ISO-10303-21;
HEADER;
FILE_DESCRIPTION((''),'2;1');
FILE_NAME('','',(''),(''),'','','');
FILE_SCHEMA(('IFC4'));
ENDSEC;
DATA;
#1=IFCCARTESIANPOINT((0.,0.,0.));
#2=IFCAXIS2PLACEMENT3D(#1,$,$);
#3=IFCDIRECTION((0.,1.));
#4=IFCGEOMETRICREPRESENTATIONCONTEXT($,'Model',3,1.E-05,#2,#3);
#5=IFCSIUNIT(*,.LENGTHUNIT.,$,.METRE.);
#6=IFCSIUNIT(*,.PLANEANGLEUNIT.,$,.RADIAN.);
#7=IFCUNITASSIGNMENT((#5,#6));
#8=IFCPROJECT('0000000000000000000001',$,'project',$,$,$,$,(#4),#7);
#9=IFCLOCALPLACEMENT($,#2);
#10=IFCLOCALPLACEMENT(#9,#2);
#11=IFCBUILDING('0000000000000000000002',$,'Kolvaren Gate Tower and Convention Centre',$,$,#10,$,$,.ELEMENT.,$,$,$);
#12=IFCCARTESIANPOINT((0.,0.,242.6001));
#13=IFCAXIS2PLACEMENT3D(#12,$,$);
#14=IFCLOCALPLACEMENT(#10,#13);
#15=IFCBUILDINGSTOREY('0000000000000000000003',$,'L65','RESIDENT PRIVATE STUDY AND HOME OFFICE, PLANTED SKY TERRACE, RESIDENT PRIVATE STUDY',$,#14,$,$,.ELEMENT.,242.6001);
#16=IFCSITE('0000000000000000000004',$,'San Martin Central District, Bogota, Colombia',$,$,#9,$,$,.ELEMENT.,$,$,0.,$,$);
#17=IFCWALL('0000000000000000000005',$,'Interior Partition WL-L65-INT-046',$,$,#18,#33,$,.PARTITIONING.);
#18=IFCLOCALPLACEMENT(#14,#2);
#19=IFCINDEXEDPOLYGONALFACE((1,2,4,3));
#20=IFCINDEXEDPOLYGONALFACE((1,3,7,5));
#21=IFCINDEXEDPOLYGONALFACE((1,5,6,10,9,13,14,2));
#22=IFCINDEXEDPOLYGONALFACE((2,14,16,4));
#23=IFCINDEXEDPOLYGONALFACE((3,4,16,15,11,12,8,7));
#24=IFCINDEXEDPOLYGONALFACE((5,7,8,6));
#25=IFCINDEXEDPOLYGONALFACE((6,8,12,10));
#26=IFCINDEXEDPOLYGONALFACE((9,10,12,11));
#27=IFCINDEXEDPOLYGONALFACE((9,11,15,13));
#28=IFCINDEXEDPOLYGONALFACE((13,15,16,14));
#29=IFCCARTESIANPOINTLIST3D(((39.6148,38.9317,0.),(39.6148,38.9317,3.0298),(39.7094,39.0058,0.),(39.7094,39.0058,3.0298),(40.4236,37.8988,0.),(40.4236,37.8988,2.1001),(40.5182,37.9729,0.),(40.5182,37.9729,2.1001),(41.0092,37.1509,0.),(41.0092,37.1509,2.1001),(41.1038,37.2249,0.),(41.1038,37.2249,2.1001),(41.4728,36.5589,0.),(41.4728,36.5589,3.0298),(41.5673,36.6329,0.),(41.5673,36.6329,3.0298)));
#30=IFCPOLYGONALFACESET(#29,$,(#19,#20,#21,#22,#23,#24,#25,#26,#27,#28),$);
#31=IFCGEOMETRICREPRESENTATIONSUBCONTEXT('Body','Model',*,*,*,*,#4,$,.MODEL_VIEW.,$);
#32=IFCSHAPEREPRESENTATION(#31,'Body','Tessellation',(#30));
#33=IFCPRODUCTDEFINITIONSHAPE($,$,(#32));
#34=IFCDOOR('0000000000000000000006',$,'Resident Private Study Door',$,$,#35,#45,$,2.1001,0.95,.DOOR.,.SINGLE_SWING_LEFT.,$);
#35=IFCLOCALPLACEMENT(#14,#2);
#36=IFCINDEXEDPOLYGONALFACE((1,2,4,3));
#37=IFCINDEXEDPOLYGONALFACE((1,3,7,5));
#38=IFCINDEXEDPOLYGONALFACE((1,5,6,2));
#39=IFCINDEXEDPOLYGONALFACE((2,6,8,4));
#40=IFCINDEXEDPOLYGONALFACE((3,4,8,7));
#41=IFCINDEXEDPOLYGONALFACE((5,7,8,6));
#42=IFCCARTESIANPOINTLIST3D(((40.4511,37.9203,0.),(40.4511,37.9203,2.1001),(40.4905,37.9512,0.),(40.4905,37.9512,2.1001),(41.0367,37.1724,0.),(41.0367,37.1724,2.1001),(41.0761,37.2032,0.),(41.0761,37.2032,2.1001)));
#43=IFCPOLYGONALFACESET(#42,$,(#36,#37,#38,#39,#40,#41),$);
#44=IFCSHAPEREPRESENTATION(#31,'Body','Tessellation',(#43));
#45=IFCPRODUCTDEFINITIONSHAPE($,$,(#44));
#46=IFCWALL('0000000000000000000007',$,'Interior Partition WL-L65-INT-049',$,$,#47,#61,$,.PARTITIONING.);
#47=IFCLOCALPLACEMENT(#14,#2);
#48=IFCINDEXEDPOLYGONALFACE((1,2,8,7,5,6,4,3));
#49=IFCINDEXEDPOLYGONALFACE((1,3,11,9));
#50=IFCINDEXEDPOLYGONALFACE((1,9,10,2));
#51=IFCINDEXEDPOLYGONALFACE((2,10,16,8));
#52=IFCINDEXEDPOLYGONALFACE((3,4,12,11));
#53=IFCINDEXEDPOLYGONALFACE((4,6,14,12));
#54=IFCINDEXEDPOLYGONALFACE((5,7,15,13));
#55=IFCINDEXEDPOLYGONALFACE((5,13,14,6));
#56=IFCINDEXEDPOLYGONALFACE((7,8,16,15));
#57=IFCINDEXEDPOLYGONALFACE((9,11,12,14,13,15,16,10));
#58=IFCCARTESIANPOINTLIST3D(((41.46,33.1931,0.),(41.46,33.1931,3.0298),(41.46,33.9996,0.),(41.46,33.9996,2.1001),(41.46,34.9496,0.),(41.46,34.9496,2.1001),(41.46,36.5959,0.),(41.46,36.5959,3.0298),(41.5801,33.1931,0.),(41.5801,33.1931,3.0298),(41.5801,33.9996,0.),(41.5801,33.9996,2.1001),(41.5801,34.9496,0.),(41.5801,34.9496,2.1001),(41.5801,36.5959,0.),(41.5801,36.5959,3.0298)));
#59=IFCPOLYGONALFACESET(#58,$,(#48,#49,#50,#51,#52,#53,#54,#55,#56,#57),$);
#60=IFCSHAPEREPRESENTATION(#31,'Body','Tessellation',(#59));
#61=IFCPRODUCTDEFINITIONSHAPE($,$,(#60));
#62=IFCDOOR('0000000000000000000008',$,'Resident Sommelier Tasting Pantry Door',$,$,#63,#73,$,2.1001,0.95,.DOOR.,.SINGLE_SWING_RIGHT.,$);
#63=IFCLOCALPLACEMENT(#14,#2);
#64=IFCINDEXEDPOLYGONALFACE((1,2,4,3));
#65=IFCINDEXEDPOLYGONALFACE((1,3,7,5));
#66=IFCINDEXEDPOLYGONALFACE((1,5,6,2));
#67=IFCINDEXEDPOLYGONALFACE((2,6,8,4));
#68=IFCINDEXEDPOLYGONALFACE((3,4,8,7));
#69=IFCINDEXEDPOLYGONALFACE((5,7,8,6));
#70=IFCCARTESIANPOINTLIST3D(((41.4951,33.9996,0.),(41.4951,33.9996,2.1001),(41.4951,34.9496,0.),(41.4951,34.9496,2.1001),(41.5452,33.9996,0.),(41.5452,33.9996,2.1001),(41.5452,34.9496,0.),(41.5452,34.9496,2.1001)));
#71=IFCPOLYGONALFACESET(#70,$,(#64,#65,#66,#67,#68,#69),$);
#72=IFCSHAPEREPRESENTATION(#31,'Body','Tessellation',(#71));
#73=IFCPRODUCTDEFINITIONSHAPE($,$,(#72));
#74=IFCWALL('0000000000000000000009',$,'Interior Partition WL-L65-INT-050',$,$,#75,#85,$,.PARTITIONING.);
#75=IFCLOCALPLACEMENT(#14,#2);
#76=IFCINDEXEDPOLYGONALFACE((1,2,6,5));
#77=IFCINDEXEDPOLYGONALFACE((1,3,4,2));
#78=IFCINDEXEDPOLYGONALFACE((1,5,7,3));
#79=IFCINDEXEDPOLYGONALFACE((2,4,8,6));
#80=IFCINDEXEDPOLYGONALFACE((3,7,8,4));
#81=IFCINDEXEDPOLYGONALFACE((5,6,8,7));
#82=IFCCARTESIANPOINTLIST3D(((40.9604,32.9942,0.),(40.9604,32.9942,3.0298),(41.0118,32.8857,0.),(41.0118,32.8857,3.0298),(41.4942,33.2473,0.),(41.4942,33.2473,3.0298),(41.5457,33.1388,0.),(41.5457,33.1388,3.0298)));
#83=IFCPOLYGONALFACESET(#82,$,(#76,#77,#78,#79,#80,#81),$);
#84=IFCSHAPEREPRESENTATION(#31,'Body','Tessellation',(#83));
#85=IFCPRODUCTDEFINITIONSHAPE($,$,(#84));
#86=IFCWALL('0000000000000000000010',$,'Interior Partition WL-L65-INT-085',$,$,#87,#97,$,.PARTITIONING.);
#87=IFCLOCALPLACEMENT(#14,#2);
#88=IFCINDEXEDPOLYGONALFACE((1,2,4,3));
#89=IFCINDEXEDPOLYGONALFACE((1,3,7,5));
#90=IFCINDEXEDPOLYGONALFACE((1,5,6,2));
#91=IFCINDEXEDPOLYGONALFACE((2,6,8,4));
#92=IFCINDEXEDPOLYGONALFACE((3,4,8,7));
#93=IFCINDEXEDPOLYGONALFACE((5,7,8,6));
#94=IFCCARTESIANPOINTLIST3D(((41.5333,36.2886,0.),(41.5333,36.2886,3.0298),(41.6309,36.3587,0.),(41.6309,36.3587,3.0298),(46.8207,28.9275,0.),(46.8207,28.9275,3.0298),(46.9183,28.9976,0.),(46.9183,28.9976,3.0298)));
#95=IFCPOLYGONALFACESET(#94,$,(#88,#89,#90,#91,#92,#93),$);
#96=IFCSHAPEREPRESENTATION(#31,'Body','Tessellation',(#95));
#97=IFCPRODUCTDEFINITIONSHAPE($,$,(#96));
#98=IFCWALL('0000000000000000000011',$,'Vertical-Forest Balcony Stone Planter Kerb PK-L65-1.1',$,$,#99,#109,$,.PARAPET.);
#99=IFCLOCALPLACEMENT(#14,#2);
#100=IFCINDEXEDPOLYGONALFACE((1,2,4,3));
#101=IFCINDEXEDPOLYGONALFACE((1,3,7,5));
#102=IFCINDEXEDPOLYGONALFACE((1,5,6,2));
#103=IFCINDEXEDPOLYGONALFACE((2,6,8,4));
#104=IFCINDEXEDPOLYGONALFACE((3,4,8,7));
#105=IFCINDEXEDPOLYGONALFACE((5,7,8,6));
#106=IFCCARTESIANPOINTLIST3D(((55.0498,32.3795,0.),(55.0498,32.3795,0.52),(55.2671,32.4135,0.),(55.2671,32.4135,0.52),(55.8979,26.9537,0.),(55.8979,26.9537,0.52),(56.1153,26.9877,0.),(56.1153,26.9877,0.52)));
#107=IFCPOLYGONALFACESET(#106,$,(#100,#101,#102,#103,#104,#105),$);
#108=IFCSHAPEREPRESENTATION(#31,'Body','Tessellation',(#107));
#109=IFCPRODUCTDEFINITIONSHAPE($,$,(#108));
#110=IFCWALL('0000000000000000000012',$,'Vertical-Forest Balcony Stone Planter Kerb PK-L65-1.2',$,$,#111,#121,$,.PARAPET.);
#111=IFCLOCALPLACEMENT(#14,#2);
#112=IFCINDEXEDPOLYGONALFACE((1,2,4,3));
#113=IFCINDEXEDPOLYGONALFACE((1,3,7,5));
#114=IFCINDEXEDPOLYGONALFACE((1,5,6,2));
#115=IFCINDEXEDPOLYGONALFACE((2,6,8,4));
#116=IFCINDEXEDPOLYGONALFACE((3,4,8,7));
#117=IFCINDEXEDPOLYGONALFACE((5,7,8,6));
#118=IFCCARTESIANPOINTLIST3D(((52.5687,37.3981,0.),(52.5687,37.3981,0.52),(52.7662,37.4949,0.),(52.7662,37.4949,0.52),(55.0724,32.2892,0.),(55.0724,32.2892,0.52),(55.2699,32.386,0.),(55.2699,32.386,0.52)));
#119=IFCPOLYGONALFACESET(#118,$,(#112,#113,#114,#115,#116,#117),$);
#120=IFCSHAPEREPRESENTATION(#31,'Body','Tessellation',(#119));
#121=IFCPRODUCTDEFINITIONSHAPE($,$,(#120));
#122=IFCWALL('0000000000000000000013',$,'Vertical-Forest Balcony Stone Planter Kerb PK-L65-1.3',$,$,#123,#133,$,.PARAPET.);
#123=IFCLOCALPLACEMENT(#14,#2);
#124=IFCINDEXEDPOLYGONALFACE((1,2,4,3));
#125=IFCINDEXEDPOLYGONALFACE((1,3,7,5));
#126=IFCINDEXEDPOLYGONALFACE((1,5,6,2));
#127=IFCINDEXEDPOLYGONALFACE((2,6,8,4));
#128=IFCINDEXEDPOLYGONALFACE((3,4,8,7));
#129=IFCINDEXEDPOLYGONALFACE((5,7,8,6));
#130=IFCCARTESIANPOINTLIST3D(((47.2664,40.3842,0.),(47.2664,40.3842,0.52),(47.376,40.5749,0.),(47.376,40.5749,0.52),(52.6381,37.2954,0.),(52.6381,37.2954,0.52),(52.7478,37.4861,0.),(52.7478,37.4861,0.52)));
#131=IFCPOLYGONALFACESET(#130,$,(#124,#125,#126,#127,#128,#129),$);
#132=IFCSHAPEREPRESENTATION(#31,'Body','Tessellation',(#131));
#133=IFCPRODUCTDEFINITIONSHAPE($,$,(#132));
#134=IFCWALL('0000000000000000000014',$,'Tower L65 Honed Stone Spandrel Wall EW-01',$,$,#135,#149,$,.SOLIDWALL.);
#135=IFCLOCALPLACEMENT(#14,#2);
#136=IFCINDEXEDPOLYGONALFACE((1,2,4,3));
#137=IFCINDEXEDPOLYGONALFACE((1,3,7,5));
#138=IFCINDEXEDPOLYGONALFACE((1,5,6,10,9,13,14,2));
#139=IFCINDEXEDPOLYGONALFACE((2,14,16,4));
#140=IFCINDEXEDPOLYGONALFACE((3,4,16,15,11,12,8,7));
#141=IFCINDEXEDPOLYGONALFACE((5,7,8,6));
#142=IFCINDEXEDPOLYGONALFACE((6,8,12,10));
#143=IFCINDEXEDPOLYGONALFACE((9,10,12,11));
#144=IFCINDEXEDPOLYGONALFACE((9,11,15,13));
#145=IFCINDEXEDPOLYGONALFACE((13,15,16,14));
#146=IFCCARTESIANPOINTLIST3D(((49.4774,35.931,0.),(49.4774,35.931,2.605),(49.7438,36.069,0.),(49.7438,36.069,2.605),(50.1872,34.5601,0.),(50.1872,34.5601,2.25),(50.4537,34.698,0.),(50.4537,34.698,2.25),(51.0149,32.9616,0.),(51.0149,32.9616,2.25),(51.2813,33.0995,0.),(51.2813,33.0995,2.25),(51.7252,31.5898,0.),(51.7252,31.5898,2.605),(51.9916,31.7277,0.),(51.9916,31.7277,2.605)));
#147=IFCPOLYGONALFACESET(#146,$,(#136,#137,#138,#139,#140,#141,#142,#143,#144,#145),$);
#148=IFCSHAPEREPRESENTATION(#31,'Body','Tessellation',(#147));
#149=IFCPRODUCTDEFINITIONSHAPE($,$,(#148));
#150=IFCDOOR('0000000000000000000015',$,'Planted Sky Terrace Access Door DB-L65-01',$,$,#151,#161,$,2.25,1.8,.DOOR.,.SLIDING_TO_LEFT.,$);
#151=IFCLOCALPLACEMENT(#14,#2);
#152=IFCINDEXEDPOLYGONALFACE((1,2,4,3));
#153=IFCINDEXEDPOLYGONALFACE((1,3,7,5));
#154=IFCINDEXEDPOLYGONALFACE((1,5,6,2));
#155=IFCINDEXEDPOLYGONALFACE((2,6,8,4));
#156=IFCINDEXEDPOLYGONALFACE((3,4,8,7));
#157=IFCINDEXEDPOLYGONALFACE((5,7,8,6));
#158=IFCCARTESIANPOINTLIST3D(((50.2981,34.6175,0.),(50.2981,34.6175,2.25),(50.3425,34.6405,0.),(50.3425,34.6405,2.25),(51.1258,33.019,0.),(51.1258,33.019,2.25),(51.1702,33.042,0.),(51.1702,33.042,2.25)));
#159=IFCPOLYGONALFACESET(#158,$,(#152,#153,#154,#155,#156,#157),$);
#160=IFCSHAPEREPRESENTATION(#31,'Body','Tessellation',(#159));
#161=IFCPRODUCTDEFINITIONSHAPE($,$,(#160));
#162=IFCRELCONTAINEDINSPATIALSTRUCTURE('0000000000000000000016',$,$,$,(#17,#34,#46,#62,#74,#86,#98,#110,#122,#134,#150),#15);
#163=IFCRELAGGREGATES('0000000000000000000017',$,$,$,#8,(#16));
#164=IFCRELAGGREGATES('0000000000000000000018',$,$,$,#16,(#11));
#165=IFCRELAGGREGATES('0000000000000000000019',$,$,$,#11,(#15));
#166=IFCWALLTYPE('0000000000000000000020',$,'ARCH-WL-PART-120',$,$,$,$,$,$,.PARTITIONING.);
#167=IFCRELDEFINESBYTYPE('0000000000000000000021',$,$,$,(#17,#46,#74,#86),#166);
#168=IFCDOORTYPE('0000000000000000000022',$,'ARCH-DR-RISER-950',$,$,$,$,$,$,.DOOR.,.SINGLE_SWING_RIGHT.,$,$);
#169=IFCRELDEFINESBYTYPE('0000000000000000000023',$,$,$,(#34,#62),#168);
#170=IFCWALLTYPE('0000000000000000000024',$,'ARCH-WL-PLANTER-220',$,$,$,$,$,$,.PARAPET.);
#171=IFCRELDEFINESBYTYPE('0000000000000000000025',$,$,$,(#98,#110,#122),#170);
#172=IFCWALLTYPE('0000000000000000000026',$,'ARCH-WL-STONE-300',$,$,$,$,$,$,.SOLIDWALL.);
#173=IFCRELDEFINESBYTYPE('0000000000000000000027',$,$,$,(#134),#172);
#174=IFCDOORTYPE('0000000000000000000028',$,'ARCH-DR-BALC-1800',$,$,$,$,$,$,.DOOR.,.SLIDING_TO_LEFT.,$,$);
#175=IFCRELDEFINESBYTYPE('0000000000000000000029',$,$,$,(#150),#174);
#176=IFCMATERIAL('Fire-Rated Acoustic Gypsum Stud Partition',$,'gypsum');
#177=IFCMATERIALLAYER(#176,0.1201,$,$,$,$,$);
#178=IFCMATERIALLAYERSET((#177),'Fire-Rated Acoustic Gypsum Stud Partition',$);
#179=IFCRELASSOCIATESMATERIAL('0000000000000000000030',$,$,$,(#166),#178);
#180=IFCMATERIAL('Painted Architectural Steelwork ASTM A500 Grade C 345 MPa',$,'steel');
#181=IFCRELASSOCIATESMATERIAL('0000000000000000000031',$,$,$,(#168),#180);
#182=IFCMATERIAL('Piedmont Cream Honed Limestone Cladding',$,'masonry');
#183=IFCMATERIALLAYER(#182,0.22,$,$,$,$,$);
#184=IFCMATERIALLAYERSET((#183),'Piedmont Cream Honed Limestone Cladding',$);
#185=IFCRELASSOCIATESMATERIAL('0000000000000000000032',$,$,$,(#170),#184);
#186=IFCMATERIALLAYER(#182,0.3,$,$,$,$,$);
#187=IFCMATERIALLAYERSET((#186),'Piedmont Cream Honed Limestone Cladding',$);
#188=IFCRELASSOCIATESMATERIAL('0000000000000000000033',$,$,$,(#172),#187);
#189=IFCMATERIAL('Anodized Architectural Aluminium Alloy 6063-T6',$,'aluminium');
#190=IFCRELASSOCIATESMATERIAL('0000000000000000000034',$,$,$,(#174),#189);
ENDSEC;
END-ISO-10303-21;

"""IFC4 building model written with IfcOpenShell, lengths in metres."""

from ifc_helpers import new_model, si_unit, direction, frame, frame_2d, origin, place, context, subcontext, project, spatial, rectangle, extrude, material, layer, layer_set, type_object, element, fill, save


model = new_model("IFC4")

# Units and contexts
model_context = context("Model", 3, precision=1e-05, world=origin(), true_north=direction((0.0, 1.0)))
body_context = subcontext(model_context, "Body", "Model", "MODEL_VIEW")
ifc_project = project(units=[si_unit("LENGTHUNIT", "METRE"), si_unit("PLANEANGLEUNIT", "RADIAN")], contexts=[model_context])

# Site, building, storey
site_placement = place(None, origin())
site = spatial("IfcSite", under=ifc_project, at=site_placement, Name="San Martin Central District, Bogota, Colombia", CompositionType="ELEMENT", RefElevation=0.0)
building_placement = place(site_placement, origin())
building = spatial("IfcBuilding", under=site, at=building_placement, Name="Kolvaren Gate Tower and Convention Centre", CompositionType="ELEMENT")
storey_placement = place(building_placement, frame((0.0, 0.0, 242.6001)))
storey = spatial("IfcBuildingStorey", under=building, at=storey_placement, Name="L65", Description="RESIDENT PRIVATE STUDY AND HOME OFFICE, PLANTED SKY TERRACE, RESIDENT PRIVATE STUDY", CompositionType="ELEMENT", Elevation=242.6001)

# Shared definitions
ifc_material_1 = material(Name="Fire-Rated Acoustic Gypsum Stud Partition", Category="gypsum")
ifc_layer_1 = layer(ifc_material_1, 0.1201)
ifc_layer_set_1 = layer_set([ifc_layer_1], Name="Fire-Rated Acoustic Gypsum Stud Partition")
wall_type_1 = type_object("IfcWallType", Name="ARCH-WL-PART-120", PredefinedType="PARTITIONING", material=ifc_layer_set_1)

# Walls, openings, doors
wall_1_placement = place(storey_placement, frame((39.6621, 38.9688, 0.0), z_axis=(0.0, 0.0, 1.0), x_axis=(0.6165, -0.787355, 0.0)))
wall_1 = element("IfcWall", 1, at=wall_1_placement, inside=storey, type_object=wall_type_1, Name="Interior Partition WL-L65-INT-046", PredefinedType="PARTITIONING", context=body_context, shape_type="SweptSolid", body=[
    extrude(rectangle(XDim=3.0137, YDim=0.1201, at=frame_2d((1.5068, 0.0))), origin(), (0.0, 0.0, 1.0), 3.0298),
])
opening_1_placement = place(wall_1_placement, frame((1.3118, 0.0, 0.0)))
opening_1 = element("IfcOpeningElement", 2, at=opening_1_placement, cuts=wall_1, PredefinedType="OPENING", context=body_context, shape_type="SweptSolid", body=[
    extrude(rectangle(XDim=0.95, YDim=2.1001, at=frame_2d((0.4751, 1.05))), frame((0.0, 0.0701, 0.0), z_axis=(0.0, -1.0, 0.0), x_axis=(1.0, 0.0, 0.0)), (0.0, 0.0, 1.0), 0.1401),
])
ifc_material_2 = material(Name="Painted Architectural Steelwork ASTM A500 Grade C 345 MPa", Category="steel")
door_type_1 = type_object("IfcDoorType", Name="ARCH-DR-RISER-950", OperationType="SINGLE_SWING_RIGHT", PredefinedType="DOOR", material=ifc_material_2)
door_1_placement = place(opening_1_placement, origin())
door_1 = element("IfcDoor", 3, at=door_1_placement, inside=storey, type_object=door_type_1, Name="Resident Private Study Door", OperationType="SINGLE_SWING_LEFT", OverallHeight=2.1001, OverallWidth=0.95, PredefinedType="DOOR", context=body_context, shape_type="SweptSolid", body=[
    extrude(rectangle(XDim=0.95, YDim=2.1001, at=frame_2d((0.4751, 1.05))), frame((0.0, 0.0249, 0.0), z_axis=(0.0, -1.0, 0.0), x_axis=(1.0, 0.0, 0.0)), (0.0, 0.0, 1.0), 0.05),
])
fill(opening_1, door_1)
wall_2_placement = place(storey_placement, frame((41.52, 33.1931, 0.0), z_axis=(0.0, 0.0, 1.0), x_axis=(0.0, 1.0, 0.0)))
wall_2 = element("IfcWall", 4, at=wall_2_placement, inside=storey, type_object=wall_type_1, Name="Interior Partition WL-L65-INT-049", PredefinedType="PARTITIONING", context=body_context, shape_type="SweptSolid", body=[
    extrude(rectangle(XDim=3.4028, YDim=0.1201, at=frame_2d((1.7014, 0.0))), origin(), (0.0, 0.0, 1.0), 3.0298),
])
opening_2_placement = place(wall_2_placement, frame((0.8064, 0.0, 0.0)))
opening_2 = element("IfcOpeningElement", 5, at=opening_2_placement, cuts=wall_2, PredefinedType="OPENING", context=body_context, shape_type="SweptSolid", body=[
    extrude(rectangle(XDim=0.95, YDim=2.1001, at=frame_2d((0.4751, 1.05))), frame((0.0, 0.0701, 0.0), z_axis=(0.0, -1.0, 0.0), x_axis=(1.0, 0.0, 0.0)), (0.0, 0.0, 1.0), 0.1401),
])
door_2_placement = place(opening_2_placement, origin())
door_2 = element("IfcDoor", 6, at=door_2_placement, inside=storey, type_object=door_type_1, Name="Resident Sommelier Tasting Pantry Door", OperationType="SINGLE_SWING_RIGHT", OverallHeight=2.1001, OverallWidth=0.95, PredefinedType="DOOR", context=body_context, shape_type="SweptSolid", body=[
    extrude(rectangle(XDim=0.95, YDim=2.1001, at=frame_2d((0.4751, 1.05))), frame((0.0, 0.0249, 0.0), z_axis=(0.0, -1.0, 0.0), x_axis=(1.0, 0.0, 0.0)), (0.0, 0.0, 1.0), 0.05),
])
fill(opening_2, door_2)

# Walls
wall_3_placement = place(storey_placement, frame((40.9861, 32.9399, 0.0), z_axis=(0.0, 0.0, 1.0), x_axis=(0.90357, 0.428442, 0.0)))
element("IfcWall", 7, at=wall_3_placement, inside=storey, type_object=wall_type_1, Name="Interior Partition WL-L65-INT-050", PredefinedType="PARTITIONING", context=body_context, shape_type="SweptSolid", body=[
    extrude(rectangle(XDim=0.5908, YDim=0.1201, at=frame_2d((0.2954, 0.0))), origin(), (0.0, 0.0, 1.0), 3.0298),
])
wall_4_placement = place(storey_placement, frame((41.582, 36.3237, 0.0), z_axis=(0.0, 0.0, 1.0), x_axis=(0.583387, -0.812194, 0.0)))
element("IfcWall", 8, at=wall_4_placement, inside=storey, type_object=wall_type_1, Name="Interior Partition WL-L65-INT-085", PredefinedType="PARTITIONING", context=body_context, shape_type="SweptSolid", body=[
    extrude(rectangle(XDim=9.0632, YDim=0.1201, at=frame_2d((4.5317, 0.0))), origin(), (0.0, 0.0, 1.0), 3.0298),
])
ifc_material_3 = material(Name="Piedmont Cream Honed Limestone Cladding", Category="masonry")
ifc_layer_2 = layer(ifc_material_3, 0.22)
ifc_layer_set_2 = layer_set([ifc_layer_2], Name="Piedmont Cream Honed Limestone Cladding")
wall_type_2 = type_object("IfcWallType", Name="ARCH-WL-PLANTER-220", PredefinedType="PARAPET", material=ifc_layer_set_2)
wall_5_placement = place(storey_placement, frame((55.1584, 32.3965, 0.0), z_axis=(0.0, 0.0, 1.0), x_axis=(0.154442, -0.988002, 0.0)))
element("IfcWall", 9, at=wall_5_placement, inside=storey, type_object=wall_type_2, Name="Vertical-Forest Balcony Stone Planter Kerb PK-L65-1.1", PredefinedType="PARAPET", context=body_context, shape_type="SweptSolid", body=[
    extrude(rectangle(XDim=5.4917, YDim=0.22, at=frame_2d((2.7458, 0.0))), origin(), (0.0, 0.0, 1.0), 0.52),
])
wall_6_placement = place(storey_placement, frame((52.6675, 37.4465, 0.0), z_axis=(0.0, 0.0, 1.0), x_axis=(0.440059, -0.897969, 0.0)))
element("IfcWall", 10, at=wall_6_placement, inside=storey, type_object=wall_type_2, Name="Vertical-Forest Balcony Stone Planter Kerb PK-L65-1.2", PredefinedType="PARAPET", context=body_context, shape_type="SweptSolid", body=[
    extrude(rectangle(XDim=5.6895, YDim=0.22, at=frame_2d((2.8447, 0.0))), origin(), (0.0, 0.0, 1.0), 0.52),
])
wall_7_placement = place(storey_placement, frame((47.3213, 40.4795, 0.0), z_axis=(0.0, 0.0, 1.0), x_axis=(0.866902, -0.498479, 0.0)))
element("IfcWall", 11, at=wall_7_placement, inside=storey, type_object=wall_type_2, Name="Vertical-Forest Balcony Stone Planter Kerb PK-L65-1.3", PredefinedType="PARAPET", context=body_context, shape_type="SweptSolid", body=[
    extrude(rectangle(XDim=6.1965, YDim=0.22, at=frame_2d((3.0981, 0.0))), origin(), (0.0, 0.0, 1.0), 0.52),
])

# Wall, opening, door
ifc_layer_3 = layer(ifc_material_3, 0.3)
ifc_layer_set_3 = layer_set([ifc_layer_3], Name="Piedmont Cream Honed Limestone Cladding")
wall_type_3 = type_object("IfcWallType", Name="ARCH-WL-STONE-300", PredefinedType="SOLIDWALL", material=ifc_layer_set_3)
wall_8_placement = place(storey_placement, frame((49.6106, 36.0, 0.0), z_axis=(0.0, 0.0, 1.0), x_axis=(0.459794, -0.888026, 0.0)))
wall_8 = element("IfcWall", 12, at=wall_8_placement, inside=storey, type_object=wall_type_3, Name="Tower L65 Honed Stone Spandrel Wall EW-01", PredefinedType="SOLIDWALL", context=body_context, shape_type="SweptSolid", body=[
    extrude(rectangle(XDim=4.8887, YDim=0.3, at=frame_2d((2.4443, 0.0))), origin(), (0.0, 0.0, 1.0), 2.605),
])
opening_3_placement = place(wall_8_placement, frame((1.5439, 0.0, 0.0)))
opening_3 = element("IfcOpeningElement", 13, at=opening_3_placement, cuts=wall_8, PredefinedType="OPENING", context=body_context, shape_type="SweptSolid", body=[
    extrude(rectangle(XDim=1.8, YDim=2.25, at=frame_2d((0.8999, 1.125))), frame((0.0, 0.1599, 0.0), z_axis=(0.0, -1.0, 0.0), x_axis=(1.0, 0.0, 0.0)), (0.0, 0.0, 1.0), 0.3201),
])
ifc_material_4 = material(Name="Anodized Architectural Aluminium Alloy 6063-T6", Category="aluminium")
door_type_2 = type_object("IfcDoorType", Name="ARCH-DR-BALC-1800", OperationType="SLIDING_TO_LEFT", PredefinedType="DOOR", material=ifc_material_4)
door_3_placement = place(opening_3_placement, origin())
door_3 = element("IfcDoor", 14, at=door_3_placement, inside=storey, type_object=door_type_2, Name="Planted Sky Terrace Access Door DB-L65-01", OperationType="SLIDING_TO_LEFT", OverallHeight=2.25, OverallWidth=1.8, PredefinedType="DOOR", context=body_context, shape_type="SweptSolid", body=[
    extrude(rectangle(XDim=1.8, YDim=2.25, at=frame_2d((0.8999, 1.125))), frame((0.0, 0.0249, 0.0), z_axis=(0.0, -1.0, 0.0), x_axis=(1.0, 0.0, 0.0)), (0.0, 0.0, 1.0), 0.05),
])
fill(opening_3, door_3)

save(model, "model.ifc")
